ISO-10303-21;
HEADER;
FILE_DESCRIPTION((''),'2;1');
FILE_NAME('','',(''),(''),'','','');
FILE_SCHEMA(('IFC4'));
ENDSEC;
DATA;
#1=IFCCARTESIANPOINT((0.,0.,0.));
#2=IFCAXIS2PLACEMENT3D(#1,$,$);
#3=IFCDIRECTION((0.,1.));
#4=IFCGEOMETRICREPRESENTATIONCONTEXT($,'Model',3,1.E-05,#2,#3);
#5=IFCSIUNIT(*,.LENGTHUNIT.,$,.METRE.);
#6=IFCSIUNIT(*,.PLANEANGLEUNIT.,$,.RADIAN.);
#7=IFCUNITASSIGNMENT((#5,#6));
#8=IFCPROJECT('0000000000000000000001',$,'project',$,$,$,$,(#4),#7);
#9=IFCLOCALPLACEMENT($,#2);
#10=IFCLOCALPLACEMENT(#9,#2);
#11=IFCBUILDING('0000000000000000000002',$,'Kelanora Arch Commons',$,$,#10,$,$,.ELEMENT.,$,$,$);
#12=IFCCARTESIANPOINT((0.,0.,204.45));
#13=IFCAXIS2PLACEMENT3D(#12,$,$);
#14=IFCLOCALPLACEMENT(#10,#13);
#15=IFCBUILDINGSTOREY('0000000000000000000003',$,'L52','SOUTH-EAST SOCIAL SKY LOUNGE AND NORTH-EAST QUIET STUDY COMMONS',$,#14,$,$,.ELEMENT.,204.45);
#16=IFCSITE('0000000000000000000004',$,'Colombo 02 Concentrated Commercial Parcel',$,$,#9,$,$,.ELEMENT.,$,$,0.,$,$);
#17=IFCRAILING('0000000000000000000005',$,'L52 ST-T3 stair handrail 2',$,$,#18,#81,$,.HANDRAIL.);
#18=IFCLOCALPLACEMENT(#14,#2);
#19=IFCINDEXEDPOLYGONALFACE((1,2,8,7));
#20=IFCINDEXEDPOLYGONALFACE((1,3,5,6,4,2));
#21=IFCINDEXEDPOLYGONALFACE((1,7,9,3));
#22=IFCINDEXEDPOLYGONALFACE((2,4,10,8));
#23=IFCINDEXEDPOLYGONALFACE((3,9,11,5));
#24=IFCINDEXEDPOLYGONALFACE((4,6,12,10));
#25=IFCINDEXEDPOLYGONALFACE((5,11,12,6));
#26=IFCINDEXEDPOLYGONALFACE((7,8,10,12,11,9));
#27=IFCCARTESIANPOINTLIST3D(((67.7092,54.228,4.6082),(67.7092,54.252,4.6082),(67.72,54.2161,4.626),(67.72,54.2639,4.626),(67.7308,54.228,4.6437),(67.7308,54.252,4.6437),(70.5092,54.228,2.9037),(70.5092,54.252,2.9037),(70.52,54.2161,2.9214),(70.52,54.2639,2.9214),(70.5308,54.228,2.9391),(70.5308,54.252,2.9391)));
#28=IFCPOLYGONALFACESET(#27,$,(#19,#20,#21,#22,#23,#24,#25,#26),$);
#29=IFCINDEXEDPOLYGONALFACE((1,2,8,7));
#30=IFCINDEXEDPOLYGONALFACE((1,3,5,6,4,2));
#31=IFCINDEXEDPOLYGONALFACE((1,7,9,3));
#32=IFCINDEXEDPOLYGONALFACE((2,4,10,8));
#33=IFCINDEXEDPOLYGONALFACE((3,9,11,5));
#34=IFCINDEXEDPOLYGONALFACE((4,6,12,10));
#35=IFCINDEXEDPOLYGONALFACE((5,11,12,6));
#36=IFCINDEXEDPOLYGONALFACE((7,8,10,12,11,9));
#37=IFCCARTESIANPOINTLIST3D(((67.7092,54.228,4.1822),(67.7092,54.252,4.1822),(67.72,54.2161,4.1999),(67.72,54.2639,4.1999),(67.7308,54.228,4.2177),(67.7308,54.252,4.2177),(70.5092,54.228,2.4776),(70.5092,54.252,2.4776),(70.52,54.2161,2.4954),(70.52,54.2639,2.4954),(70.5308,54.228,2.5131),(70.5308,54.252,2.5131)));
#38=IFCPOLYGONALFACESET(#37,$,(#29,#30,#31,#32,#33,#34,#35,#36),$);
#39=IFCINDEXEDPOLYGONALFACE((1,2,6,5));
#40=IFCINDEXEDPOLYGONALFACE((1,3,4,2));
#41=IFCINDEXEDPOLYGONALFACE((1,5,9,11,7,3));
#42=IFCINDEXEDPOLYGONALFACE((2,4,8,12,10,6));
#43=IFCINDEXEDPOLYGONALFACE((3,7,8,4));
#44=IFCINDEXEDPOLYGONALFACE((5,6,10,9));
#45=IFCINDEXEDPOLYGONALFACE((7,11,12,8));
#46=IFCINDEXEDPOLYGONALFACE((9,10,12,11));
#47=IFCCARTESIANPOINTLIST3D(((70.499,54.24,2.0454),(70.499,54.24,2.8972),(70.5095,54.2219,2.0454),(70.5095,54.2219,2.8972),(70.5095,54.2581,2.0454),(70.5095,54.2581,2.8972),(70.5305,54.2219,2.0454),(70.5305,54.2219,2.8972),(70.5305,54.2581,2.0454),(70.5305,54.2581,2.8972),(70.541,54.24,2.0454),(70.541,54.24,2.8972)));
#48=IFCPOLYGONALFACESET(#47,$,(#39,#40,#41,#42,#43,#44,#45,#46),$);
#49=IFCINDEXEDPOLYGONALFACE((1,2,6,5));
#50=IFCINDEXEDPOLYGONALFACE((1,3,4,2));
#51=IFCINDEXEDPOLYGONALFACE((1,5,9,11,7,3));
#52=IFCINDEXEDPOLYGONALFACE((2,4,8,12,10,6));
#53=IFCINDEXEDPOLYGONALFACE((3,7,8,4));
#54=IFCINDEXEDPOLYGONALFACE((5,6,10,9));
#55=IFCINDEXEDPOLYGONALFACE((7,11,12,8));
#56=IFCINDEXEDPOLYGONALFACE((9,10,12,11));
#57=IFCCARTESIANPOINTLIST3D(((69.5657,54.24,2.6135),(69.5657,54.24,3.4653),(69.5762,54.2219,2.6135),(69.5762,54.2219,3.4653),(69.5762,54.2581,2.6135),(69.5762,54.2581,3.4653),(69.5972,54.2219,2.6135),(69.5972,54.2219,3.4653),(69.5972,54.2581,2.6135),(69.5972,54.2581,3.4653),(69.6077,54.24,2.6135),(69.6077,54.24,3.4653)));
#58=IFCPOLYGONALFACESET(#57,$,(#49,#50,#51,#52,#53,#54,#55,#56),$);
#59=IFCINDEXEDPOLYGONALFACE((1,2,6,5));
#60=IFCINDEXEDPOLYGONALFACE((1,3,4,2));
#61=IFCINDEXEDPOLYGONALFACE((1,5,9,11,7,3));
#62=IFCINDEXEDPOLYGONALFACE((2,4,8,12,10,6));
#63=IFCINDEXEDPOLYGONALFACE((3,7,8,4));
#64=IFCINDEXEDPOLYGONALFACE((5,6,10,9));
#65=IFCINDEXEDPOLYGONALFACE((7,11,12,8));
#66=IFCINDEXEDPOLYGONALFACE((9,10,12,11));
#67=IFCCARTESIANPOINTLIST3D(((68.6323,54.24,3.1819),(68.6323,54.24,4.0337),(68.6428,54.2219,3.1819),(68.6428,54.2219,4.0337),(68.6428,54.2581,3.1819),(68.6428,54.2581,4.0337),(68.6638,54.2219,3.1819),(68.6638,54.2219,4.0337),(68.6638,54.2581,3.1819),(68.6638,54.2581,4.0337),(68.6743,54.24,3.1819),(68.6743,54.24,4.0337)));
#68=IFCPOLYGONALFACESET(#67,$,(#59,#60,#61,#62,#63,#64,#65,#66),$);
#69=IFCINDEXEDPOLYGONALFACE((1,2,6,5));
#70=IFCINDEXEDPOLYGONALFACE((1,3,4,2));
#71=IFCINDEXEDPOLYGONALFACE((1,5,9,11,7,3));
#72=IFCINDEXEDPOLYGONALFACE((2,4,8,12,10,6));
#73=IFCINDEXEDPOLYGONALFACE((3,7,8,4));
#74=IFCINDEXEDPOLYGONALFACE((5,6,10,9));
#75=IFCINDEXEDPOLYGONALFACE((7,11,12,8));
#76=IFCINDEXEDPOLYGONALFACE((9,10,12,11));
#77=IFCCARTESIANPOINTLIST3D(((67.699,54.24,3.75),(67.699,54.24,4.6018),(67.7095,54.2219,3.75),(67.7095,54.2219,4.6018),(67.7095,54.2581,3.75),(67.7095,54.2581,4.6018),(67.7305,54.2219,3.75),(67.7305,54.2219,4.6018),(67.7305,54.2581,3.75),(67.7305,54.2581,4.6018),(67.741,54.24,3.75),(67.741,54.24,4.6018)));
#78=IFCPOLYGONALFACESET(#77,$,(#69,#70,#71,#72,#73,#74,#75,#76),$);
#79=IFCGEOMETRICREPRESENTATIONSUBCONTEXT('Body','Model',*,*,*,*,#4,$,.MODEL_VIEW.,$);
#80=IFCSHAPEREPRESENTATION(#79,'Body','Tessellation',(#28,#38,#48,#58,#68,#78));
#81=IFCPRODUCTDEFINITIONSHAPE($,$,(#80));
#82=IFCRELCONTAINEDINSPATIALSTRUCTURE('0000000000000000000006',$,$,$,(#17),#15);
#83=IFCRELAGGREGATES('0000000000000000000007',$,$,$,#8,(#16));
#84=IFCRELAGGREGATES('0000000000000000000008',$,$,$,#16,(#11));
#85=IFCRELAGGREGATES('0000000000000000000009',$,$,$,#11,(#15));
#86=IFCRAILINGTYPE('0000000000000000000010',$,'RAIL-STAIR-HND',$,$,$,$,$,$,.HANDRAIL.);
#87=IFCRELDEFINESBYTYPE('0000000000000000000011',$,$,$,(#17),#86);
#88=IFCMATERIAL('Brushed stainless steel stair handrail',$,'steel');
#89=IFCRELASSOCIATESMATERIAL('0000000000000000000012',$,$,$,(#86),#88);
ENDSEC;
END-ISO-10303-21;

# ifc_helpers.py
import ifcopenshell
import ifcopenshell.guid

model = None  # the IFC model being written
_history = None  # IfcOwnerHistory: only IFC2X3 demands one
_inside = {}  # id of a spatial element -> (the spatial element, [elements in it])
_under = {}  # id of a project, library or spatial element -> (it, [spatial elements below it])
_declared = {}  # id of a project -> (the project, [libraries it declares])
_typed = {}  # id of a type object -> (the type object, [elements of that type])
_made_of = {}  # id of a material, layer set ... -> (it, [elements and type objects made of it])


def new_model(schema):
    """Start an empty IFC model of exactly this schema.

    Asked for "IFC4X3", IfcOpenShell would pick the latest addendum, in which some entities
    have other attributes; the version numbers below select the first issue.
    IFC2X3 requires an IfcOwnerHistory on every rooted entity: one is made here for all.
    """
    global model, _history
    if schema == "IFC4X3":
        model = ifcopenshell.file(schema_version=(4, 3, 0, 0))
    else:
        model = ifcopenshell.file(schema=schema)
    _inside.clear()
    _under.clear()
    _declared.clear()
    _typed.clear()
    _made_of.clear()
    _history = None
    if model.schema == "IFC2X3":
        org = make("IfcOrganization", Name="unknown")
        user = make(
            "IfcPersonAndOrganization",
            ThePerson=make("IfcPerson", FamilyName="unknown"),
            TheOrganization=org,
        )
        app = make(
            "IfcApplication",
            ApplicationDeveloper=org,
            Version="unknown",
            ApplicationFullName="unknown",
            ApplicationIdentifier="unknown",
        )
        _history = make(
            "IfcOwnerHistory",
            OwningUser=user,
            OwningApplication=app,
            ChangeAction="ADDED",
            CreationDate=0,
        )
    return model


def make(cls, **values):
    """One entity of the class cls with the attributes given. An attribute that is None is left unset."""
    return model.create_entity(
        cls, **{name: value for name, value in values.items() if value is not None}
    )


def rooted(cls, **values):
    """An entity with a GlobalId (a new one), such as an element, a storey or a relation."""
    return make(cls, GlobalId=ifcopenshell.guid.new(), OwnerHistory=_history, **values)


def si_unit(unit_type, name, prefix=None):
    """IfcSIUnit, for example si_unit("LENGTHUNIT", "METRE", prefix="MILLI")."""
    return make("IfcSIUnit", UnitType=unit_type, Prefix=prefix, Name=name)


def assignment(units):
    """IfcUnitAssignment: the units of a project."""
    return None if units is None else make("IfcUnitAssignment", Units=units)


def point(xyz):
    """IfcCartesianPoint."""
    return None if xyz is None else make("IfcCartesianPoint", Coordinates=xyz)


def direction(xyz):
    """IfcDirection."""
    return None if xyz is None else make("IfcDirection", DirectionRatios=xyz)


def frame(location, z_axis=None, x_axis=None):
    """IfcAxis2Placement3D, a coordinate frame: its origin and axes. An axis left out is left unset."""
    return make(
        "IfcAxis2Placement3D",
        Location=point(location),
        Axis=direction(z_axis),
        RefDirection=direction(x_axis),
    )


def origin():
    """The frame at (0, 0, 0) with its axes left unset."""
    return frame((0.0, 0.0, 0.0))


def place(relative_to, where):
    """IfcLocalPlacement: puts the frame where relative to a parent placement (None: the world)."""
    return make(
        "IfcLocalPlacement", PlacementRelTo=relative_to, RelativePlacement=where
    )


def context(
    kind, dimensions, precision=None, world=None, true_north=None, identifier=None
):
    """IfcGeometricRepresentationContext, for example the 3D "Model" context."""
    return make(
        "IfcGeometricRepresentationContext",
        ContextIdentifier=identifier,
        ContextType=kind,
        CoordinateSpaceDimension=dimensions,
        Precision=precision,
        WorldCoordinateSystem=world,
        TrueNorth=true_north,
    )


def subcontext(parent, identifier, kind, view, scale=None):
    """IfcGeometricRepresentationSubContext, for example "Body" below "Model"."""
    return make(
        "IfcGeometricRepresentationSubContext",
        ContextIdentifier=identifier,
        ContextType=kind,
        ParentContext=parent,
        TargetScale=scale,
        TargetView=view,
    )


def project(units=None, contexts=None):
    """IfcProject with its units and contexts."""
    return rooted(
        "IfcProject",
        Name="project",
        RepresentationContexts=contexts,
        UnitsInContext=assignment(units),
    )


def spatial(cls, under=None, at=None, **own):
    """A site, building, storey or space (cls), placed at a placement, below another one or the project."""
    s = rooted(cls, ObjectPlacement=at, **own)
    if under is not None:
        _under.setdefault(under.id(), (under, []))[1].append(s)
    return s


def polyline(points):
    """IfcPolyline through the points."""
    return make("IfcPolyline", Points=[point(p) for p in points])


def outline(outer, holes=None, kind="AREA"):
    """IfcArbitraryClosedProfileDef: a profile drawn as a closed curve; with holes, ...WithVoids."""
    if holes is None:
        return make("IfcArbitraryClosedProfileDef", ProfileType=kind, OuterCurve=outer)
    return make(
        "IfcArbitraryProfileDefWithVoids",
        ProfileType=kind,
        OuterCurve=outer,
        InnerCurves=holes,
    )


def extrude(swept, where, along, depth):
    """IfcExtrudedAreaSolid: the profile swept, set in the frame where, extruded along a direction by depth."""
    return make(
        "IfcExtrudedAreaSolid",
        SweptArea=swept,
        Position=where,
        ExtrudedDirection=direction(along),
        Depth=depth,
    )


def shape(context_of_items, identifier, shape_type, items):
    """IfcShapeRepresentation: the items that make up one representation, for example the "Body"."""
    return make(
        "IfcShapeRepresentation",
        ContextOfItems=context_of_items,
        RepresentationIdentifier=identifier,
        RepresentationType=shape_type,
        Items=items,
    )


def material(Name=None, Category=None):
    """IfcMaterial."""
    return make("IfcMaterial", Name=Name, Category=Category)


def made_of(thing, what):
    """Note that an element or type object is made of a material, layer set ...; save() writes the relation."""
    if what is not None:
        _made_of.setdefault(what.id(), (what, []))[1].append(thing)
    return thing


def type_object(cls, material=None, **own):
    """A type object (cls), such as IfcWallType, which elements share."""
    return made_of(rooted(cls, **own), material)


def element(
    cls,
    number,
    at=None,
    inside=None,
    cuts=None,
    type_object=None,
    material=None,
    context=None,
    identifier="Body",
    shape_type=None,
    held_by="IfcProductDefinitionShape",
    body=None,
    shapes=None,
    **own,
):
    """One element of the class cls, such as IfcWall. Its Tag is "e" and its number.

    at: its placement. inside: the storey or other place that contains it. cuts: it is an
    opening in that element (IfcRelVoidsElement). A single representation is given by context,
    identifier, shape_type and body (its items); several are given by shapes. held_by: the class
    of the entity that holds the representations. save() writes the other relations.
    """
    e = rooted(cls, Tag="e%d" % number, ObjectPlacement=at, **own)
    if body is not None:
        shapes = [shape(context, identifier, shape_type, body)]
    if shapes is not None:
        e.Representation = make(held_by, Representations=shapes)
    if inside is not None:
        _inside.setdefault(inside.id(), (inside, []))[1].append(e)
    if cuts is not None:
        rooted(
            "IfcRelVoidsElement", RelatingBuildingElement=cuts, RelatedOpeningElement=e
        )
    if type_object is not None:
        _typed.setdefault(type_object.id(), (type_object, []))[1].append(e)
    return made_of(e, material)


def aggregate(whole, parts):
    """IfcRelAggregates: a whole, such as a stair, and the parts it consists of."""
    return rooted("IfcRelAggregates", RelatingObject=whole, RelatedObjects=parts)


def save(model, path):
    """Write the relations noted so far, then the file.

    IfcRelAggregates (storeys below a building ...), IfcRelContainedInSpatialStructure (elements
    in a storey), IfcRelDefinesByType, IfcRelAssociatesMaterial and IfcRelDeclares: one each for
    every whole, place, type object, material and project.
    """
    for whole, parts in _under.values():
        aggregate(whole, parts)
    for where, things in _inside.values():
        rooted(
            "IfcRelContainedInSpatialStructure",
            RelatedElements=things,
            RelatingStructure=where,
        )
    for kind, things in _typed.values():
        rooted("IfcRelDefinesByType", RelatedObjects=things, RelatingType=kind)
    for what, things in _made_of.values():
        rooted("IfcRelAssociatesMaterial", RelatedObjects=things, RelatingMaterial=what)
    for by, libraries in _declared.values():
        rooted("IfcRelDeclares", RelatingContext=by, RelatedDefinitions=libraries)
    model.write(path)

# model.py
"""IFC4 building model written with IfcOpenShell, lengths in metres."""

from ifc_helpers import new_model, si_unit, direction, frame, origin, place, context, subcontext, project, spatial, polyline, outline, extrude, material, type_object, element, save


model = new_model("IFC4")

# Units and contexts
model_context = context("Model", 3, precision=1e-05, world=origin(), true_north=direction((0.0, 1.0)))
body_context = subcontext(model_context, "Body", "Model", "MODEL_VIEW")
ifc_project = project(units=[si_unit("LENGTHUNIT", "METRE"), si_unit("PLANEANGLEUNIT", "RADIAN")], contexts=[model_context])

# Site, building, storey
site_placement = place(None, origin())
site = spatial("IfcSite", under=ifc_project, at=site_placement, Name="Colombo 02 Concentrated Commercial Parcel", CompositionType="ELEMENT", RefElevation=0.0)
building_placement = place(site_placement, origin())
building = spatial("IfcBuilding", under=site, at=building_placement, Name="Kelanora Arch Commons", CompositionType="ELEMENT")
storey_placement = place(building_placement, frame((0.0, 0.0, 204.45)))
storey = spatial("IfcBuildingStorey", under=building, at=storey_placement, Name="L52", Description="SOUTH-EAST SOCIAL SKY LOUNGE AND NORTH-EAST QUIET STUDY COMMONS", CompositionType="ELEMENT", Elevation=204.45)

# Railing
ifc_material_1 = material(Name="Brushed stainless steel stair handrail", Category="steel")
railing_type_1 = type_object("IfcRailingType", Name="RAIL-STAIR-HND", PredefinedType="HANDRAIL", material=ifc_material_1)
railing_1_placement = place(storey_placement, frame((70.52, 54.24, 2.0454)))
element("IfcRailing", 1, at=railing_1_placement, inside=storey, type_object=railing_type_1, Name="L52 ST-T3 stair handrail 2", PredefinedType="HANDRAIL", context=body_context, shape_type="SweptSolid", body=[
    extrude(outline(polyline([(0.0239, 0.0), (0.012, 0.0208), (-0.012, 0.0208), (-0.0239, 0.0), (-0.012, -0.0208), (0.012, -0.0208), (0.0239, 0.0)])), frame((0.0, 0.0, 0.876), z_axis=(-0.85417, 0.0, 0.519994), x_axis=(0.0, -1.0, 0.0)), (0.0, 0.0, 1.0), 3.2781),
    extrude(outline(polyline([(0.0239, 0.0), (0.012, 0.0208), (-0.012, 0.0208), (-0.0239, 0.0), (-0.012, -0.0208), (0.012, -0.0208), (0.0239, 0.0)])), frame((0.0, 0.0, 0.45), z_axis=(-0.85417, 0.0, 0.519994), x_axis=(0.0, -1.0, 0.0)), (0.0, 0.0, 1.0), 3.2781),
    extrude(outline(polyline([(0.021, 0.0), (0.0105, 0.0181), (-0.0105, 0.0181), (-0.021, 0.0), (-0.0105, -0.0181), (0.0105, -0.0181), (0.021, 0.0)])), origin(), (0.0, 0.0, 1.0), 0.8518),
    extrude(outline(polyline([(0.021, 0.0), (0.0105, 0.0181), (-0.0105, 0.0181), (-0.021, 0.0), (-0.0105, -0.0181), (0.0105, -0.0181), (0.021, 0.0)])), frame((-0.9333, 0.0, 0.5681)), (0.0, 0.0, 1.0), 0.8518),
    extrude(outline(polyline([(0.021, 0.0), (0.0105, 0.0181), (-0.0105, 0.0181), (-0.021, 0.0), (-0.0105, -0.0181), (0.0105, -0.0181), (0.021, 0.0)])), frame((-1.8667, 0.0, 1.1365)), (0.0, 0.0, 1.0), 0.8518),
    extrude(outline(polyline([(0.021, 0.0), (0.0105, 0.0181), (-0.0105, 0.0181), (-0.021, 0.0), (-0.0105, -0.0181), (0.0105, -0.0181), (0.021, 0.0)])), frame((-2.8, 0.0, 1.7046)), (0.0, 0.0, 1.0), 0.8518),
])

save(model, "model.ifc")
